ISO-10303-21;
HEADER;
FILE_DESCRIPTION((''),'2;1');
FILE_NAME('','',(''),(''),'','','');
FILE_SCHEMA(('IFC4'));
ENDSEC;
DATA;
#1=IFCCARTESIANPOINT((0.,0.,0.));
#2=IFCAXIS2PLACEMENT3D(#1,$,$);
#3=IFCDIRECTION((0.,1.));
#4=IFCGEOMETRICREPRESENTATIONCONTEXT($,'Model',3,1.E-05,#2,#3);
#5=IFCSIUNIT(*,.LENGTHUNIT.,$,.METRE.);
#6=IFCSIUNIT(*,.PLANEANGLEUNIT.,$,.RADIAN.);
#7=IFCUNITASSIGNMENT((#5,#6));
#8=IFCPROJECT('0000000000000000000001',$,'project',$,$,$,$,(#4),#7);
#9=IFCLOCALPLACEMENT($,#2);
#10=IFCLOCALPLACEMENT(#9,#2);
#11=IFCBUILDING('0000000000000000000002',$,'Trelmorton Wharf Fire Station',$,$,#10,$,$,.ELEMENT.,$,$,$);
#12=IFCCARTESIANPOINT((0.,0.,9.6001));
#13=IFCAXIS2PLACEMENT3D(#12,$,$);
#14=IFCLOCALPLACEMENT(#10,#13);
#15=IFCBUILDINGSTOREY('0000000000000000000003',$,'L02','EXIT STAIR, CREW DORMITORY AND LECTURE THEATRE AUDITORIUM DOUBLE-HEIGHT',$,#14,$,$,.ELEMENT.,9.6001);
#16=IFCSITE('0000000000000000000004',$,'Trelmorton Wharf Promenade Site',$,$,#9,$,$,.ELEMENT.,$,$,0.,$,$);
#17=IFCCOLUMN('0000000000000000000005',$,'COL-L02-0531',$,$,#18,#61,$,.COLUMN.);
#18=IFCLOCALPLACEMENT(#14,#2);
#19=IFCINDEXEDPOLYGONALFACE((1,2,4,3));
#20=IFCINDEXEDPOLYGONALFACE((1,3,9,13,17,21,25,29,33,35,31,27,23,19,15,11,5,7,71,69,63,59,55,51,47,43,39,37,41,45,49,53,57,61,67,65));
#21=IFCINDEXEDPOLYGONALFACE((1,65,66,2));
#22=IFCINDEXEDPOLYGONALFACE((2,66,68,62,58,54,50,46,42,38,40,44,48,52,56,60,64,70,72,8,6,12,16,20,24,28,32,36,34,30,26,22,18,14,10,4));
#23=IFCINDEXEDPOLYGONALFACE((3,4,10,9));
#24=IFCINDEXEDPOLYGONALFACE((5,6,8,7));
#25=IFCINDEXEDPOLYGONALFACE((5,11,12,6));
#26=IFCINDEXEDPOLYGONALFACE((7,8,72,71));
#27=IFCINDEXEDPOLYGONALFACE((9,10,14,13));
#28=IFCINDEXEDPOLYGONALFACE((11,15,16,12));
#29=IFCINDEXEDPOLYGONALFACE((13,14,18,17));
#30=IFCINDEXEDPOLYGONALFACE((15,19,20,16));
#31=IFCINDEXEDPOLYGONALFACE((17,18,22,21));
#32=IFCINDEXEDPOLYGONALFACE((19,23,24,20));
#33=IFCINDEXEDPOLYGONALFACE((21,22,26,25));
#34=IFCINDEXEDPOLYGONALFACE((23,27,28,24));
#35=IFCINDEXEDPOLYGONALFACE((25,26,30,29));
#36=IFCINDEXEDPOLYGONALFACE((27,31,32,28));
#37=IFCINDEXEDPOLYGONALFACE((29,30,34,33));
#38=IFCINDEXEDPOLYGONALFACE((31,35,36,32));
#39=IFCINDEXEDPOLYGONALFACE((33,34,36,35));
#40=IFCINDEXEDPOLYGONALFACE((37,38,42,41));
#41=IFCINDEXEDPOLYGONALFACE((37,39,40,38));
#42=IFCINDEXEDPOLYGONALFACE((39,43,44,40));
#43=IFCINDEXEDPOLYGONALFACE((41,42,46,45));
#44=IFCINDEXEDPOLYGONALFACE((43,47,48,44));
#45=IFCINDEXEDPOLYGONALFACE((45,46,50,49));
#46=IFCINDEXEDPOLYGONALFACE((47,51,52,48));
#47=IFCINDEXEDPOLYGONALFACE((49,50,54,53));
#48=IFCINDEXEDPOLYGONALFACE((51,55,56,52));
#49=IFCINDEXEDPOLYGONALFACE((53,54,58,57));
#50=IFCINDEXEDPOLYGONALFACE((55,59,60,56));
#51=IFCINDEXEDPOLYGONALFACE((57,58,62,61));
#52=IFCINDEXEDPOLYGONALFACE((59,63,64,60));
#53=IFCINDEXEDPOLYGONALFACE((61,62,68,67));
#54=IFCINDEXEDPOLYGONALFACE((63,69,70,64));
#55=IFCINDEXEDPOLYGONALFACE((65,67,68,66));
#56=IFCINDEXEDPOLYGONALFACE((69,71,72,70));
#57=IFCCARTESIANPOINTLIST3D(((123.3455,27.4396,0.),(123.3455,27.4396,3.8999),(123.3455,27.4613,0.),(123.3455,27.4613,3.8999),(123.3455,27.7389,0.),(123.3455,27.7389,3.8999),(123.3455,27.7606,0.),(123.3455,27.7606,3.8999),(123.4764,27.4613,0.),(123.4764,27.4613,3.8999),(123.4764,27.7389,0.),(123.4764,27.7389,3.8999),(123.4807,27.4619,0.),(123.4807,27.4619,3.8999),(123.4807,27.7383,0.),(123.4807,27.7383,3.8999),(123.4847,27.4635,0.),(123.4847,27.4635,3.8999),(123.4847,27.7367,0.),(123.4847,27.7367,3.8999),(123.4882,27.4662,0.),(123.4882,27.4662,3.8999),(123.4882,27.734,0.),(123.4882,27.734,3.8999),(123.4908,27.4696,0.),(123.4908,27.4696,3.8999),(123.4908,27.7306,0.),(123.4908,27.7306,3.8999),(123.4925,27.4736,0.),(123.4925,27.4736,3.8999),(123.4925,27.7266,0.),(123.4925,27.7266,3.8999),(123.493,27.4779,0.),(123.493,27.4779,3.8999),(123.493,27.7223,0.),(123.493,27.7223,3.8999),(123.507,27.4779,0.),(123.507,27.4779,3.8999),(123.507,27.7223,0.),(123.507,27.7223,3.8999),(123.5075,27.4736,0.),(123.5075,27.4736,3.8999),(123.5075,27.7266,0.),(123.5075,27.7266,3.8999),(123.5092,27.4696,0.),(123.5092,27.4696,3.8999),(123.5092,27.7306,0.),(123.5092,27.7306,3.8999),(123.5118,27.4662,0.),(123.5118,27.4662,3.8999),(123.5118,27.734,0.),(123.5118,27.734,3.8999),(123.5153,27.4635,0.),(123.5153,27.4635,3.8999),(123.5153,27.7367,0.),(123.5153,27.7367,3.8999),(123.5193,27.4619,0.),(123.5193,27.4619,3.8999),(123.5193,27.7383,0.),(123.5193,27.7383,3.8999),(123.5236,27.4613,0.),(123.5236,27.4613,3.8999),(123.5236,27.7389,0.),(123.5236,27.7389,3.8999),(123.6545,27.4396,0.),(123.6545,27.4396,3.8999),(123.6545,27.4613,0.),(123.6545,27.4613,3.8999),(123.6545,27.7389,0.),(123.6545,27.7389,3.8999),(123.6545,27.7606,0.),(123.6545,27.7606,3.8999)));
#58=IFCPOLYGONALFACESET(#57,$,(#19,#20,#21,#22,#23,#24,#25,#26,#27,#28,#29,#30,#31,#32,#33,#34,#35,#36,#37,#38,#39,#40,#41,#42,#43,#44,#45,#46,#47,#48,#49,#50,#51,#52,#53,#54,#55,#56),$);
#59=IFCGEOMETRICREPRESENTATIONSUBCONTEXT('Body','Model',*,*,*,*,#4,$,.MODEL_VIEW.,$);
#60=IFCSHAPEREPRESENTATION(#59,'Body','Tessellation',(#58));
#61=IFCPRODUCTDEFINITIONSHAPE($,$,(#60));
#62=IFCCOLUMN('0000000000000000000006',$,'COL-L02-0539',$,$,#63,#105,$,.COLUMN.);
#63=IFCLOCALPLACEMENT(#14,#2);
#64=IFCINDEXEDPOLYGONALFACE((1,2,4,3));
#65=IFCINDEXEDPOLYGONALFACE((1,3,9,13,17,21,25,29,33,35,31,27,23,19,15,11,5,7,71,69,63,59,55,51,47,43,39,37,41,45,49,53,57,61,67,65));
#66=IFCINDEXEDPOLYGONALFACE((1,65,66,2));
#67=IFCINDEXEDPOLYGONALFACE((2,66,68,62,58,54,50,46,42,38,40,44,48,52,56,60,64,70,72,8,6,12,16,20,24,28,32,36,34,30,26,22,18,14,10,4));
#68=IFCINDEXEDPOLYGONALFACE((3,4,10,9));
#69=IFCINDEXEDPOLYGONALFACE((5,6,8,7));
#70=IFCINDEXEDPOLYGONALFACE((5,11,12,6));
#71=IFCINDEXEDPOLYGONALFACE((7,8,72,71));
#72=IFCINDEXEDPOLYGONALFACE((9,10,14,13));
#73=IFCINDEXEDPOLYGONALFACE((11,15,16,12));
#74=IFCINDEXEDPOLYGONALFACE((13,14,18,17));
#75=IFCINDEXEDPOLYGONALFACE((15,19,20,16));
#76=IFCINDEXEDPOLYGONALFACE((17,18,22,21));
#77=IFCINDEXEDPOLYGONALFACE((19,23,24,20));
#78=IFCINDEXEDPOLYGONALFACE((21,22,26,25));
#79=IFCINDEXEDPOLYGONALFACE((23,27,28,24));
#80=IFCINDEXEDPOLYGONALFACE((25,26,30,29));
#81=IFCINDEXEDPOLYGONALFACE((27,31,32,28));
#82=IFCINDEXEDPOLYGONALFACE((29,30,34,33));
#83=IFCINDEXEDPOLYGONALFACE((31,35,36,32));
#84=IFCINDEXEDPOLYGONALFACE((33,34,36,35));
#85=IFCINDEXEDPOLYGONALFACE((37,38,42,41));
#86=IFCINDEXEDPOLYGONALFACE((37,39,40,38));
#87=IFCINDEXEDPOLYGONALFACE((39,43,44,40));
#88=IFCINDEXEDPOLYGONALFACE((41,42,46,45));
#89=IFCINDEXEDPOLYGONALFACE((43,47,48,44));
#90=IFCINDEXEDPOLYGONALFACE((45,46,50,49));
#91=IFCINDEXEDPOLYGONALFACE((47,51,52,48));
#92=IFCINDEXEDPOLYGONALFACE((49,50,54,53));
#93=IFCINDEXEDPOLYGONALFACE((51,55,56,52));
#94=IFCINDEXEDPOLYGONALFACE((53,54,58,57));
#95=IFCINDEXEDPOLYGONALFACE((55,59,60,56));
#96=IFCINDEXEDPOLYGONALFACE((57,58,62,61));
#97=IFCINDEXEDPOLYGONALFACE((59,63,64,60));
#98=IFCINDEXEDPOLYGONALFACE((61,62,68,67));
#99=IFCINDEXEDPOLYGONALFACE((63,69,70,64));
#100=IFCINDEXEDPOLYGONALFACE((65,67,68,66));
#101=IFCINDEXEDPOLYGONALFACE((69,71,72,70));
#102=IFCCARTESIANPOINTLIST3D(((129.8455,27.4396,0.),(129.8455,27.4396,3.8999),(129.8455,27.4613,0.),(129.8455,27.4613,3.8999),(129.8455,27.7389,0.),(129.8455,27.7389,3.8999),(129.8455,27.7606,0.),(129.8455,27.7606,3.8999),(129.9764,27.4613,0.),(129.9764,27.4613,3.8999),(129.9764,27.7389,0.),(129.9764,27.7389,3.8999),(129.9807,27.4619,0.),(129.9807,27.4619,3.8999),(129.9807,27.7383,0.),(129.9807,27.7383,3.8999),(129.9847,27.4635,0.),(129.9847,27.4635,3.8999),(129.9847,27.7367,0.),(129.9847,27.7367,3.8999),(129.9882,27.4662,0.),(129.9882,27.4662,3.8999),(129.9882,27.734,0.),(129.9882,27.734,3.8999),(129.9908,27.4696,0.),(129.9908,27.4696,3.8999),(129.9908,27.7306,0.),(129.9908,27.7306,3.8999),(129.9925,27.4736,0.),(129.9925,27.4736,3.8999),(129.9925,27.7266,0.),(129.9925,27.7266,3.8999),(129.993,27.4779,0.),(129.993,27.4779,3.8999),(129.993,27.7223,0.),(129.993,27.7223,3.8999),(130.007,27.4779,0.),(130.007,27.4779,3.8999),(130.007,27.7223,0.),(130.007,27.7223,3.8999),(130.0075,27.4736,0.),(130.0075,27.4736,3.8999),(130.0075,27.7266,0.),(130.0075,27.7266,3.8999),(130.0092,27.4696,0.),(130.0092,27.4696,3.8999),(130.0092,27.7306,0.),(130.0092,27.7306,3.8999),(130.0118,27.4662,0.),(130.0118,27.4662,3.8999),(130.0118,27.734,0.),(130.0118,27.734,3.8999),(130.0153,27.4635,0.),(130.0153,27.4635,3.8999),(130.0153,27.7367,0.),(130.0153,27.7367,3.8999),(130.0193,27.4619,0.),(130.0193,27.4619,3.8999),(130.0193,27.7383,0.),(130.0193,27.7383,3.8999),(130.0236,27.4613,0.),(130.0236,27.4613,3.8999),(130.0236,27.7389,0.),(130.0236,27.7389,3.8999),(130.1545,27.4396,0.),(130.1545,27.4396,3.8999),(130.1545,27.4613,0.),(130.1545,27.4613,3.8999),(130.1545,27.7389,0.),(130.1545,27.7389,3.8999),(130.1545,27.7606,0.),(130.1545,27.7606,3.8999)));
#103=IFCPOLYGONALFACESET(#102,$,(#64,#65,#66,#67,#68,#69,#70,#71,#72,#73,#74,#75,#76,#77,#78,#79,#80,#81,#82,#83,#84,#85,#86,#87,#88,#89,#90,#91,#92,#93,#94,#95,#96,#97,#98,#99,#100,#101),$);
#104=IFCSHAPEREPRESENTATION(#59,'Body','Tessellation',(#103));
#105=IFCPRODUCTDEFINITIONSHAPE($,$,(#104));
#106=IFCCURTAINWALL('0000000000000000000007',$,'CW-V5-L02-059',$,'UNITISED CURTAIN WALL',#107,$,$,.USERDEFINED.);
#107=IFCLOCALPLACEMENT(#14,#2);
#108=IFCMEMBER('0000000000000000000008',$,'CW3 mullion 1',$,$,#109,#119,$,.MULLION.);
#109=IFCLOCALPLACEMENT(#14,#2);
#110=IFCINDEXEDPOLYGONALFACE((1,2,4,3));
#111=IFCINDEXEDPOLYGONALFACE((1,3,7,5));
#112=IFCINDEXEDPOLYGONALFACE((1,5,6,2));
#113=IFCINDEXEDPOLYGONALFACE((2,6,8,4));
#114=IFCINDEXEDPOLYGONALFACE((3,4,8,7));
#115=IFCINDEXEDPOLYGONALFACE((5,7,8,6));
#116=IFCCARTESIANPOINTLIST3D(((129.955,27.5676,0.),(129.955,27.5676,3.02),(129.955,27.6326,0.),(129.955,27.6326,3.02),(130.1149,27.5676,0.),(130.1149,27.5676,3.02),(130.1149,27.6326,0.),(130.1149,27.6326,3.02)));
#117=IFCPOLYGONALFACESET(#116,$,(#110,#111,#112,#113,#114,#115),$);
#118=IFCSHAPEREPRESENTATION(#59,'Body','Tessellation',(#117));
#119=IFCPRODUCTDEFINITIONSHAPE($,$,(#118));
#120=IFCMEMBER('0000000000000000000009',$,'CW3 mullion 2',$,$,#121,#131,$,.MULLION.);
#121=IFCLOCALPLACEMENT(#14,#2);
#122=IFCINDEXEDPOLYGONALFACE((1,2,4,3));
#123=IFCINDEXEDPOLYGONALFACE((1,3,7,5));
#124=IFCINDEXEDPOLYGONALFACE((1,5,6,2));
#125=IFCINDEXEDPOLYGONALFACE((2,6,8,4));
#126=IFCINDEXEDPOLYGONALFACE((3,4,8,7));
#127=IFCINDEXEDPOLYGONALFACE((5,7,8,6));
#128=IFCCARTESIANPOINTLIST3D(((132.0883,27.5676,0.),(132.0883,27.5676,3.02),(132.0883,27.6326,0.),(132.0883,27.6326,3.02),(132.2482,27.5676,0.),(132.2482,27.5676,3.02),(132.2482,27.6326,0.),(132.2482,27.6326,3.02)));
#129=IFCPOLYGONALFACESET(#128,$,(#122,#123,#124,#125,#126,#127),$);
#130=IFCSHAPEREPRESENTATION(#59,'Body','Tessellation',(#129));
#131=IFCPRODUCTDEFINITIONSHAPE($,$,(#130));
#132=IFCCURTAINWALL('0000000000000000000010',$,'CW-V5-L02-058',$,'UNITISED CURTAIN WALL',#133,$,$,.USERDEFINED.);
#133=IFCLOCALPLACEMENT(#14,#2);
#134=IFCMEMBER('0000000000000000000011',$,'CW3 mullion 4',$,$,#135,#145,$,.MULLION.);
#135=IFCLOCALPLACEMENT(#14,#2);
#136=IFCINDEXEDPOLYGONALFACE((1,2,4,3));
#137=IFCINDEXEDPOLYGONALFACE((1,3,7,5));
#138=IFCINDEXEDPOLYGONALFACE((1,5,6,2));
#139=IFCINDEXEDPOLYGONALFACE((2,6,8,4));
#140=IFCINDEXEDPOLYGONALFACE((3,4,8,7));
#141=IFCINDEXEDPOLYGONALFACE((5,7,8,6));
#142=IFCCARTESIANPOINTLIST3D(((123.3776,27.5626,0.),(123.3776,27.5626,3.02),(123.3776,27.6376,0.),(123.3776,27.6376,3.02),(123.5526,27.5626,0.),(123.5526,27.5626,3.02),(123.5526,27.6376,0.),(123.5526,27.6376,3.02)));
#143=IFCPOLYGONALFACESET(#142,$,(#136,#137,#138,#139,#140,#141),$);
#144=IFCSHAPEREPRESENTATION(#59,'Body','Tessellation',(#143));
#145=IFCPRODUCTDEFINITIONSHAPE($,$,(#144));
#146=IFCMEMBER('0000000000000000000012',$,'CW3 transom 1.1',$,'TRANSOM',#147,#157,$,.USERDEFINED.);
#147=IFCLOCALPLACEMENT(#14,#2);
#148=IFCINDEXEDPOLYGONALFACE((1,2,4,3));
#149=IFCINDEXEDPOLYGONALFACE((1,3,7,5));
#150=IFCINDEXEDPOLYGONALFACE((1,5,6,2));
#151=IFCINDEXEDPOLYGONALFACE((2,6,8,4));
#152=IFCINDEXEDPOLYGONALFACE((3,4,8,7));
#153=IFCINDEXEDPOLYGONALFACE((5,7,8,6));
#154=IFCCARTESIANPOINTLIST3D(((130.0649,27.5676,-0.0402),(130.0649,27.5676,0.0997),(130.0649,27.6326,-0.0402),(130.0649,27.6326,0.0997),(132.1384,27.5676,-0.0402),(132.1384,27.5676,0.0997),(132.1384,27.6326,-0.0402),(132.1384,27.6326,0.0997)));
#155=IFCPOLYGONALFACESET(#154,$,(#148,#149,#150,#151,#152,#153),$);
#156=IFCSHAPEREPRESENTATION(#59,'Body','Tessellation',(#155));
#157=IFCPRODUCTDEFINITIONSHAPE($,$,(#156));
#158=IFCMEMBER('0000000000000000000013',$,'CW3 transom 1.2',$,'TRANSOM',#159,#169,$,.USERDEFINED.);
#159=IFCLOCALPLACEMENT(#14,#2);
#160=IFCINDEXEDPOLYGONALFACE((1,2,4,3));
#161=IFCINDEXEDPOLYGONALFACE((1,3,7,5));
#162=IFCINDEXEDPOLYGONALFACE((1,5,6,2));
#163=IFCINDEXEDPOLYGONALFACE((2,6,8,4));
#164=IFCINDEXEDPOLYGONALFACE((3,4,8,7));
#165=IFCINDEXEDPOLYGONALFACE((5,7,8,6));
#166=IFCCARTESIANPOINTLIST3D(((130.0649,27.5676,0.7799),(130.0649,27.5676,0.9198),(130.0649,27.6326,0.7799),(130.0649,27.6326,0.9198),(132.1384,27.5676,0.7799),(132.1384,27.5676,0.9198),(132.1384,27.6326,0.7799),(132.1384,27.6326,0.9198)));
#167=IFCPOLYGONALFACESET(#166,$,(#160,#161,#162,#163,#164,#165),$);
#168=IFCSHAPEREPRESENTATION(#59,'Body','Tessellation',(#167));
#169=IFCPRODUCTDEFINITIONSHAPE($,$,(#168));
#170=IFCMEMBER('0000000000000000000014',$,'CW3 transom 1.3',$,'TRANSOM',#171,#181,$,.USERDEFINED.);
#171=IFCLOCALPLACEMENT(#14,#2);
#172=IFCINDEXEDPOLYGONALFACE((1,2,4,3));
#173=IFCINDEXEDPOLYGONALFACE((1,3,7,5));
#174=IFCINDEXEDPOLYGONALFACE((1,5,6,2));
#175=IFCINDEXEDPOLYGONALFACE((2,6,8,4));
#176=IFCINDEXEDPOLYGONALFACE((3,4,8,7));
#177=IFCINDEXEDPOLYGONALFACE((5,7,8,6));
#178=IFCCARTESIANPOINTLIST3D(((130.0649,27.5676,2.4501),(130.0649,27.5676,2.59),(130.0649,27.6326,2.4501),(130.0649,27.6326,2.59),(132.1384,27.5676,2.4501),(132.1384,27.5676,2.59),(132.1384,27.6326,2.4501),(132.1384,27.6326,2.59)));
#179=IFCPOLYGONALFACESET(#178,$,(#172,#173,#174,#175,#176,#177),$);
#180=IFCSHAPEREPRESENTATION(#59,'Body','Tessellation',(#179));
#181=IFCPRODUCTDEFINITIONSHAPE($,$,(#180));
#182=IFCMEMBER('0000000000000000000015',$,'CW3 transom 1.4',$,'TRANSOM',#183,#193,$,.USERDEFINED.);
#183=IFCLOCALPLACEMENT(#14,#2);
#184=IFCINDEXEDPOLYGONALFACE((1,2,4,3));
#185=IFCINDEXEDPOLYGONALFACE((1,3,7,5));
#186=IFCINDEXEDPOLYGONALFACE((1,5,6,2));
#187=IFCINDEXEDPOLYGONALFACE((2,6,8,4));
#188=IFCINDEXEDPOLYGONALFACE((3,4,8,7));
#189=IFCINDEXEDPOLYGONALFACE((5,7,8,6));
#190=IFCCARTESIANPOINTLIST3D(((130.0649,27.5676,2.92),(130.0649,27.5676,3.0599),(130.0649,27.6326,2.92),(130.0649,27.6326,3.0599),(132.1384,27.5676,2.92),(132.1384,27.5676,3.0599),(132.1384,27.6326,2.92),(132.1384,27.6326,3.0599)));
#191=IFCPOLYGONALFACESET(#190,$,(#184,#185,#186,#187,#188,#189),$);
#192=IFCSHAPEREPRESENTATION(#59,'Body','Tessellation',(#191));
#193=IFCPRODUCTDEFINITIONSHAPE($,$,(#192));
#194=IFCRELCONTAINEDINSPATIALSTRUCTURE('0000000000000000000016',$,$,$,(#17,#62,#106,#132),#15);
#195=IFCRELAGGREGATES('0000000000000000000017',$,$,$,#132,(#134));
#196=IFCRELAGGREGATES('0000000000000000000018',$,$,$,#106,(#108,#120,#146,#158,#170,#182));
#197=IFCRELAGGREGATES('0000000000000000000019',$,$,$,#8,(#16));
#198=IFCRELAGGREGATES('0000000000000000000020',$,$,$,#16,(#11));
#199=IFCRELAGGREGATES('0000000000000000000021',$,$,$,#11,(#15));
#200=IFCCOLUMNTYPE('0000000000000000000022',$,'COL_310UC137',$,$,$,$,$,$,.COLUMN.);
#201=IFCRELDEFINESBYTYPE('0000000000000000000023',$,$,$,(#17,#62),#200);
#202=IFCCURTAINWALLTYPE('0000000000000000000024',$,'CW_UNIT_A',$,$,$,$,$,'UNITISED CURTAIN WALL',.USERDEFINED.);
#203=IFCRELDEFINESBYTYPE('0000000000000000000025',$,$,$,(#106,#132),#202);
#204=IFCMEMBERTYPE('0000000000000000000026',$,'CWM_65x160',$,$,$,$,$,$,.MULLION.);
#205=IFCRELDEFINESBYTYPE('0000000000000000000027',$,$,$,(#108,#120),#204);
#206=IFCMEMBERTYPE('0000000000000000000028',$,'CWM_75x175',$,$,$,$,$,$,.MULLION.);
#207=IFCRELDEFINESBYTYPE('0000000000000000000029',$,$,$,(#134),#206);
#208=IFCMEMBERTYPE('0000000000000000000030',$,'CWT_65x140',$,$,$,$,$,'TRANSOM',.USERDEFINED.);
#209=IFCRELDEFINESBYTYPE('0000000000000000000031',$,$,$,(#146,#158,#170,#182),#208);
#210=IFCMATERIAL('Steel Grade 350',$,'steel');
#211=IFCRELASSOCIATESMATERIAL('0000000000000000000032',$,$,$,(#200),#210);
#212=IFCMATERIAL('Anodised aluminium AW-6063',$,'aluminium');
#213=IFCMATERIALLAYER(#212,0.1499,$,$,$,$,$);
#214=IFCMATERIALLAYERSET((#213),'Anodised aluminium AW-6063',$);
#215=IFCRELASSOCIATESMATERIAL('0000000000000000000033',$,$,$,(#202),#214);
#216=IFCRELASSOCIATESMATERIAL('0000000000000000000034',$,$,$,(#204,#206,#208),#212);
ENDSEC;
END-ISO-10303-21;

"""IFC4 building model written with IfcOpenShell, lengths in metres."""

from ifc_helpers import new_model, si_unit, direction, frame, origin, origin_2d, place, context, subcontext, project, spatial, rectangle, i_section, extrude, material, layer, layer_set, material_profile, profile_set, type_object, element, aggregate, save


model = new_model("IFC4")

# Units and contexts
model_context = context("Model", 3, precision=1e-05, world=origin(), true_north=direction((0.0, 1.0)))
body_context = subcontext(model_context, "Body", "Model", "MODEL_VIEW")
ifc_project = project(units=[si_unit("LENGTHUNIT", "METRE"), si_unit("PLANEANGLEUNIT", "RADIAN")], contexts=[model_context])

# Site, building, storey
site_placement = place(None, origin())
site = spatial("IfcSite", under=ifc_project, at=site_placement, Name="Trelmorton Wharf Promenade Site", CompositionType="ELEMENT", RefElevation=0.0)
building_placement = place(site_placement, origin())
building = spatial("IfcBuilding", under=site, at=building_placement, Name="Trelmorton Wharf Fire Station", CompositionType="ELEMENT")
storey_placement = place(building_placement, frame((0.0, 0.0, 9.6001)))
storey = spatial("IfcBuildingStorey", under=building, at=storey_placement, Name="L02", Description="EXIT STAIR, CREW DORMITORY AND LECTURE THEATRE AUDITORIUM DOUBLE-HEIGHT", CompositionType="ELEMENT", Elevation=9.6001)

# Columns
ifc_material_1 = material(Name="Steel Grade 350", Category="steel")
ifc_material_profile_1 = material_profile(ifc_material_1, i_section(OverallWidth=0.3091, OverallDepth=0.321, WebThickness=0.0139, FlangeThickness=0.0217, FilletRadius=0.0166, at=origin_2d()), Name="310UC137")
ifc_profile_set_1 = profile_set([ifc_material_profile_1], Name="Steel Grade 350")
column_type = type_object("IfcColumnType", Name="COL_310UC137", PredefinedType="COLUMN", material=ifc_profile_set_1)
for number, where, z_axis, x_axis, name in (
    (1, (123.5, 27.6001, 0.0), (0.0, 0.0, 1.0), (1.0, 0.0, 0.0), "COL-L02-0531"),
    (2, (130.0, 27.6001, 0.0), (0.0, 0.0, 1.0), (1.0, 0.0, 0.0), "COL-L02-0539"),
):
    element("IfcColumn", number, at=place(storey_placement, frame(where, z_axis=z_axis, x_axis=x_axis)), inside=storey, type_object=column_type, Name=name, PredefinedType="COLUMN", context=body_context, shape_type="SweptSolid", body=[
        extrude(i_section(OverallWidth=0.3091, OverallDepth=0.321, WebThickness=0.0139, FlangeThickness=0.0217, FilletRadius=0.0166, at=origin_2d()), origin(), (0.0, 0.0, 1.0), 3.8999),
    ])

# Curtain wall, members
ifc_material_2 = material(Name="Anodised aluminium AW-6063", Category="aluminium")
ifc_layer_1 = layer(ifc_material_2, 0.1499)
ifc_layer_set_1 = layer_set([ifc_layer_1], Name="Anodised aluminium AW-6063")
curtain_wall_type = type_object("IfcCurtainWallType", Name="CW_UNIT_A", ElementType="UNITISED CURTAIN WALL", PredefinedType="USERDEFINED", material=ifc_layer_set_1)
curtain_wall_1_placement = place(storey_placement, origin())
curtain_wall_1 = element("IfcCurtainWall", 3, at=curtain_wall_1_placement, inside=storey, type_object=curtain_wall_type, Name="CW-V5-L02-059", ObjectType="UNITISED CURTAIN WALL", PredefinedType="USERDEFINED")
ifc_material_profile_2 = material_profile(ifc_material_2, rectangle(XDim=0.0649, YDim=0.1599, at=origin_2d()), Name="ALU-65x160")
ifc_profile_set_2 = profile_set([ifc_material_profile_2], Name="Anodised aluminium AW-6063")
member_type_1 = type_object("IfcMemberType", Name="CWM_65x160", PredefinedType="MULLION", material=ifc_profile_set_2)
member_1_placement = place(storey_placement, frame((130.0349, 27.6001, 0.0), z_axis=(0.0, 0.0, 1.0), x_axis=(0.0, 1.0, 0.0)))
member_1 = element("IfcMember", 4, at=member_1_placement, type_object=member_type_1, Name="CW3 mullion 1", PredefinedType="MULLION", context=body_context, shape_type="SweptSolid", body=[
    extrude(rectangle(XDim=0.0649, YDim=0.1599, at=origin_2d()), origin(), (0.0, 0.0, 1.0), 3.02),
])
member_2_placement = place(storey_placement, frame((132.1682, 27.6001, 0.0), z_axis=(0.0, 0.0, 1.0), x_axis=(0.0, 1.0, 0.0)))
member_2 = element("IfcMember", 5, at=member_2_placement, type_object=member_type_1, Name="CW3 mullion 2", PredefinedType="MULLION", context=body_context, shape_type="SweptSolid", body=[
    extrude(rectangle(XDim=0.0649, YDim=0.1599, at=origin_2d()), origin(), (0.0, 0.0, 1.0), 3.02),
])

# Curtain wall, member
curtain_wall_2_placement = place(storey_placement, origin())
curtain_wall_2 = element("IfcCurtainWall", 6, at=curtain_wall_2_placement, inside=storey, type_object=curtain_wall_type, Name="CW-V5-L02-058", ObjectType="UNITISED CURTAIN WALL", PredefinedType="USERDEFINED")
ifc_material_profile_3 = material_profile(ifc_material_2, rectangle(XDim=0.075, YDim=0.175, at=origin_2d()), Name="ALU-75x175")
ifc_profile_set_3 = profile_set([ifc_material_profile_3], Name="Anodised aluminium AW-6063")
member_type_2 = type_object("IfcMemberType", Name="CWM_75x175", PredefinedType="MULLION", material=ifc_profile_set_3)
member_3_placement = place(storey_placement, frame((123.4651, 27.6001, 0.0), z_axis=(0.0, 0.0, 1.0), x_axis=(0.0, 1.0, 0.0)))
member_3 = element("IfcMember", 7, at=member_3_placement, type_object=member_type_2, Name="CW3 mullion 4", PredefinedType="MULLION", context=body_context, shape_type="SweptSolid", body=[
    extrude(rectangle(XDim=0.075, YDim=0.175, at=origin_2d()), origin(), (0.0, 0.0, 1.0), 3.02),
])

# Members
ifc_material_profile_4 = material_profile(ifc_material_2, rectangle(XDim=0.0649, YDim=0.1399, at=origin_2d()), Name="ALU-65x140")
ifc_profile_set_4 = profile_set([ifc_material_profile_4], Name="Anodised aluminium AW-6063")
member_type_3 = type_object("IfcMemberType", Name="CWT_65x140", ElementType="TRANSOM", PredefinedType="USERDEFINED", material=ifc_profile_set_4)
member_4_placement = place(storey_placement, frame((130.0649, 27.6001, 0.0298), z_axis=(1.0, 0.0, 0.0), x_axis=(0.0, 1.0, 0.0)))
member_4 = element("IfcMember", 8, at=member_4_placement, type_object=member_type_3, Name="CW3 transom 1.1", ObjectType="TRANSOM", PredefinedType="USERDEFINED", context=body_context, shape_type="SweptSolid", body=[
    extrude(rectangle(XDim=0.0649, YDim=0.1399, at=origin_2d()), origin(), (0.0, 0.0, 1.0), 2.0735),
])
member_5_placement = place(storey_placement, frame((130.0649, 27.6001, 0.8499), z_axis=(1.0, 0.0, 0.0), x_axis=(0.0, 1.0, 0.0)))
member_5 = element("IfcMember", 9, at=member_5_placement, type_object=member_type_3, Name="CW3 transom 1.2", ObjectType="TRANSOM", PredefinedType="USERDEFINED", context=body_context, shape_type="SweptSolid", body=[
    extrude(rectangle(XDim=0.0649, YDim=0.1399, at=origin_2d()), origin(), (0.0, 0.0, 1.0), 2.0735),
])
member_6_placement = place(storey_placement, frame((130.0649, 27.6001, 2.52), z_axis=(1.0, 0.0, 0.0), x_axis=(0.0, 1.0, 0.0)))
member_6 = element("IfcMember", 10, at=member_6_placement, type_object=member_type_3, Name="CW3 transom 1.3", ObjectType="TRANSOM", PredefinedType="USERDEFINED", context=body_context, shape_type="SweptSolid", body=[
    extrude(rectangle(XDim=0.0649, YDim=0.1399, at=origin_2d()), origin(), (0.0, 0.0, 1.0), 2.0735),
])
member_7_placement = place(storey_placement, frame((130.0649, 27.6001, 2.99), z_axis=(1.0, 0.0, 0.0), x_axis=(0.0, 1.0, 0.0)))
member_7 = element("IfcMember", 11, at=member_7_placement, type_object=member_type_3, Name="CW3 transom 1.4", ObjectType="TRANSOM", PredefinedType="USERDEFINED", context=body_context, shape_type="SweptSolid", body=[
    extrude(rectangle(XDim=0.0649, YDim=0.1399, at=origin_2d()), origin(), (0.0, 0.0, 1.0), 2.0735),
])

aggregate(curtain_wall_2, [member_3])
aggregate(curtain_wall_1, [member_1, member_2, member_4, member_5, member_6, member_7])

save(model, "model.ifc")
